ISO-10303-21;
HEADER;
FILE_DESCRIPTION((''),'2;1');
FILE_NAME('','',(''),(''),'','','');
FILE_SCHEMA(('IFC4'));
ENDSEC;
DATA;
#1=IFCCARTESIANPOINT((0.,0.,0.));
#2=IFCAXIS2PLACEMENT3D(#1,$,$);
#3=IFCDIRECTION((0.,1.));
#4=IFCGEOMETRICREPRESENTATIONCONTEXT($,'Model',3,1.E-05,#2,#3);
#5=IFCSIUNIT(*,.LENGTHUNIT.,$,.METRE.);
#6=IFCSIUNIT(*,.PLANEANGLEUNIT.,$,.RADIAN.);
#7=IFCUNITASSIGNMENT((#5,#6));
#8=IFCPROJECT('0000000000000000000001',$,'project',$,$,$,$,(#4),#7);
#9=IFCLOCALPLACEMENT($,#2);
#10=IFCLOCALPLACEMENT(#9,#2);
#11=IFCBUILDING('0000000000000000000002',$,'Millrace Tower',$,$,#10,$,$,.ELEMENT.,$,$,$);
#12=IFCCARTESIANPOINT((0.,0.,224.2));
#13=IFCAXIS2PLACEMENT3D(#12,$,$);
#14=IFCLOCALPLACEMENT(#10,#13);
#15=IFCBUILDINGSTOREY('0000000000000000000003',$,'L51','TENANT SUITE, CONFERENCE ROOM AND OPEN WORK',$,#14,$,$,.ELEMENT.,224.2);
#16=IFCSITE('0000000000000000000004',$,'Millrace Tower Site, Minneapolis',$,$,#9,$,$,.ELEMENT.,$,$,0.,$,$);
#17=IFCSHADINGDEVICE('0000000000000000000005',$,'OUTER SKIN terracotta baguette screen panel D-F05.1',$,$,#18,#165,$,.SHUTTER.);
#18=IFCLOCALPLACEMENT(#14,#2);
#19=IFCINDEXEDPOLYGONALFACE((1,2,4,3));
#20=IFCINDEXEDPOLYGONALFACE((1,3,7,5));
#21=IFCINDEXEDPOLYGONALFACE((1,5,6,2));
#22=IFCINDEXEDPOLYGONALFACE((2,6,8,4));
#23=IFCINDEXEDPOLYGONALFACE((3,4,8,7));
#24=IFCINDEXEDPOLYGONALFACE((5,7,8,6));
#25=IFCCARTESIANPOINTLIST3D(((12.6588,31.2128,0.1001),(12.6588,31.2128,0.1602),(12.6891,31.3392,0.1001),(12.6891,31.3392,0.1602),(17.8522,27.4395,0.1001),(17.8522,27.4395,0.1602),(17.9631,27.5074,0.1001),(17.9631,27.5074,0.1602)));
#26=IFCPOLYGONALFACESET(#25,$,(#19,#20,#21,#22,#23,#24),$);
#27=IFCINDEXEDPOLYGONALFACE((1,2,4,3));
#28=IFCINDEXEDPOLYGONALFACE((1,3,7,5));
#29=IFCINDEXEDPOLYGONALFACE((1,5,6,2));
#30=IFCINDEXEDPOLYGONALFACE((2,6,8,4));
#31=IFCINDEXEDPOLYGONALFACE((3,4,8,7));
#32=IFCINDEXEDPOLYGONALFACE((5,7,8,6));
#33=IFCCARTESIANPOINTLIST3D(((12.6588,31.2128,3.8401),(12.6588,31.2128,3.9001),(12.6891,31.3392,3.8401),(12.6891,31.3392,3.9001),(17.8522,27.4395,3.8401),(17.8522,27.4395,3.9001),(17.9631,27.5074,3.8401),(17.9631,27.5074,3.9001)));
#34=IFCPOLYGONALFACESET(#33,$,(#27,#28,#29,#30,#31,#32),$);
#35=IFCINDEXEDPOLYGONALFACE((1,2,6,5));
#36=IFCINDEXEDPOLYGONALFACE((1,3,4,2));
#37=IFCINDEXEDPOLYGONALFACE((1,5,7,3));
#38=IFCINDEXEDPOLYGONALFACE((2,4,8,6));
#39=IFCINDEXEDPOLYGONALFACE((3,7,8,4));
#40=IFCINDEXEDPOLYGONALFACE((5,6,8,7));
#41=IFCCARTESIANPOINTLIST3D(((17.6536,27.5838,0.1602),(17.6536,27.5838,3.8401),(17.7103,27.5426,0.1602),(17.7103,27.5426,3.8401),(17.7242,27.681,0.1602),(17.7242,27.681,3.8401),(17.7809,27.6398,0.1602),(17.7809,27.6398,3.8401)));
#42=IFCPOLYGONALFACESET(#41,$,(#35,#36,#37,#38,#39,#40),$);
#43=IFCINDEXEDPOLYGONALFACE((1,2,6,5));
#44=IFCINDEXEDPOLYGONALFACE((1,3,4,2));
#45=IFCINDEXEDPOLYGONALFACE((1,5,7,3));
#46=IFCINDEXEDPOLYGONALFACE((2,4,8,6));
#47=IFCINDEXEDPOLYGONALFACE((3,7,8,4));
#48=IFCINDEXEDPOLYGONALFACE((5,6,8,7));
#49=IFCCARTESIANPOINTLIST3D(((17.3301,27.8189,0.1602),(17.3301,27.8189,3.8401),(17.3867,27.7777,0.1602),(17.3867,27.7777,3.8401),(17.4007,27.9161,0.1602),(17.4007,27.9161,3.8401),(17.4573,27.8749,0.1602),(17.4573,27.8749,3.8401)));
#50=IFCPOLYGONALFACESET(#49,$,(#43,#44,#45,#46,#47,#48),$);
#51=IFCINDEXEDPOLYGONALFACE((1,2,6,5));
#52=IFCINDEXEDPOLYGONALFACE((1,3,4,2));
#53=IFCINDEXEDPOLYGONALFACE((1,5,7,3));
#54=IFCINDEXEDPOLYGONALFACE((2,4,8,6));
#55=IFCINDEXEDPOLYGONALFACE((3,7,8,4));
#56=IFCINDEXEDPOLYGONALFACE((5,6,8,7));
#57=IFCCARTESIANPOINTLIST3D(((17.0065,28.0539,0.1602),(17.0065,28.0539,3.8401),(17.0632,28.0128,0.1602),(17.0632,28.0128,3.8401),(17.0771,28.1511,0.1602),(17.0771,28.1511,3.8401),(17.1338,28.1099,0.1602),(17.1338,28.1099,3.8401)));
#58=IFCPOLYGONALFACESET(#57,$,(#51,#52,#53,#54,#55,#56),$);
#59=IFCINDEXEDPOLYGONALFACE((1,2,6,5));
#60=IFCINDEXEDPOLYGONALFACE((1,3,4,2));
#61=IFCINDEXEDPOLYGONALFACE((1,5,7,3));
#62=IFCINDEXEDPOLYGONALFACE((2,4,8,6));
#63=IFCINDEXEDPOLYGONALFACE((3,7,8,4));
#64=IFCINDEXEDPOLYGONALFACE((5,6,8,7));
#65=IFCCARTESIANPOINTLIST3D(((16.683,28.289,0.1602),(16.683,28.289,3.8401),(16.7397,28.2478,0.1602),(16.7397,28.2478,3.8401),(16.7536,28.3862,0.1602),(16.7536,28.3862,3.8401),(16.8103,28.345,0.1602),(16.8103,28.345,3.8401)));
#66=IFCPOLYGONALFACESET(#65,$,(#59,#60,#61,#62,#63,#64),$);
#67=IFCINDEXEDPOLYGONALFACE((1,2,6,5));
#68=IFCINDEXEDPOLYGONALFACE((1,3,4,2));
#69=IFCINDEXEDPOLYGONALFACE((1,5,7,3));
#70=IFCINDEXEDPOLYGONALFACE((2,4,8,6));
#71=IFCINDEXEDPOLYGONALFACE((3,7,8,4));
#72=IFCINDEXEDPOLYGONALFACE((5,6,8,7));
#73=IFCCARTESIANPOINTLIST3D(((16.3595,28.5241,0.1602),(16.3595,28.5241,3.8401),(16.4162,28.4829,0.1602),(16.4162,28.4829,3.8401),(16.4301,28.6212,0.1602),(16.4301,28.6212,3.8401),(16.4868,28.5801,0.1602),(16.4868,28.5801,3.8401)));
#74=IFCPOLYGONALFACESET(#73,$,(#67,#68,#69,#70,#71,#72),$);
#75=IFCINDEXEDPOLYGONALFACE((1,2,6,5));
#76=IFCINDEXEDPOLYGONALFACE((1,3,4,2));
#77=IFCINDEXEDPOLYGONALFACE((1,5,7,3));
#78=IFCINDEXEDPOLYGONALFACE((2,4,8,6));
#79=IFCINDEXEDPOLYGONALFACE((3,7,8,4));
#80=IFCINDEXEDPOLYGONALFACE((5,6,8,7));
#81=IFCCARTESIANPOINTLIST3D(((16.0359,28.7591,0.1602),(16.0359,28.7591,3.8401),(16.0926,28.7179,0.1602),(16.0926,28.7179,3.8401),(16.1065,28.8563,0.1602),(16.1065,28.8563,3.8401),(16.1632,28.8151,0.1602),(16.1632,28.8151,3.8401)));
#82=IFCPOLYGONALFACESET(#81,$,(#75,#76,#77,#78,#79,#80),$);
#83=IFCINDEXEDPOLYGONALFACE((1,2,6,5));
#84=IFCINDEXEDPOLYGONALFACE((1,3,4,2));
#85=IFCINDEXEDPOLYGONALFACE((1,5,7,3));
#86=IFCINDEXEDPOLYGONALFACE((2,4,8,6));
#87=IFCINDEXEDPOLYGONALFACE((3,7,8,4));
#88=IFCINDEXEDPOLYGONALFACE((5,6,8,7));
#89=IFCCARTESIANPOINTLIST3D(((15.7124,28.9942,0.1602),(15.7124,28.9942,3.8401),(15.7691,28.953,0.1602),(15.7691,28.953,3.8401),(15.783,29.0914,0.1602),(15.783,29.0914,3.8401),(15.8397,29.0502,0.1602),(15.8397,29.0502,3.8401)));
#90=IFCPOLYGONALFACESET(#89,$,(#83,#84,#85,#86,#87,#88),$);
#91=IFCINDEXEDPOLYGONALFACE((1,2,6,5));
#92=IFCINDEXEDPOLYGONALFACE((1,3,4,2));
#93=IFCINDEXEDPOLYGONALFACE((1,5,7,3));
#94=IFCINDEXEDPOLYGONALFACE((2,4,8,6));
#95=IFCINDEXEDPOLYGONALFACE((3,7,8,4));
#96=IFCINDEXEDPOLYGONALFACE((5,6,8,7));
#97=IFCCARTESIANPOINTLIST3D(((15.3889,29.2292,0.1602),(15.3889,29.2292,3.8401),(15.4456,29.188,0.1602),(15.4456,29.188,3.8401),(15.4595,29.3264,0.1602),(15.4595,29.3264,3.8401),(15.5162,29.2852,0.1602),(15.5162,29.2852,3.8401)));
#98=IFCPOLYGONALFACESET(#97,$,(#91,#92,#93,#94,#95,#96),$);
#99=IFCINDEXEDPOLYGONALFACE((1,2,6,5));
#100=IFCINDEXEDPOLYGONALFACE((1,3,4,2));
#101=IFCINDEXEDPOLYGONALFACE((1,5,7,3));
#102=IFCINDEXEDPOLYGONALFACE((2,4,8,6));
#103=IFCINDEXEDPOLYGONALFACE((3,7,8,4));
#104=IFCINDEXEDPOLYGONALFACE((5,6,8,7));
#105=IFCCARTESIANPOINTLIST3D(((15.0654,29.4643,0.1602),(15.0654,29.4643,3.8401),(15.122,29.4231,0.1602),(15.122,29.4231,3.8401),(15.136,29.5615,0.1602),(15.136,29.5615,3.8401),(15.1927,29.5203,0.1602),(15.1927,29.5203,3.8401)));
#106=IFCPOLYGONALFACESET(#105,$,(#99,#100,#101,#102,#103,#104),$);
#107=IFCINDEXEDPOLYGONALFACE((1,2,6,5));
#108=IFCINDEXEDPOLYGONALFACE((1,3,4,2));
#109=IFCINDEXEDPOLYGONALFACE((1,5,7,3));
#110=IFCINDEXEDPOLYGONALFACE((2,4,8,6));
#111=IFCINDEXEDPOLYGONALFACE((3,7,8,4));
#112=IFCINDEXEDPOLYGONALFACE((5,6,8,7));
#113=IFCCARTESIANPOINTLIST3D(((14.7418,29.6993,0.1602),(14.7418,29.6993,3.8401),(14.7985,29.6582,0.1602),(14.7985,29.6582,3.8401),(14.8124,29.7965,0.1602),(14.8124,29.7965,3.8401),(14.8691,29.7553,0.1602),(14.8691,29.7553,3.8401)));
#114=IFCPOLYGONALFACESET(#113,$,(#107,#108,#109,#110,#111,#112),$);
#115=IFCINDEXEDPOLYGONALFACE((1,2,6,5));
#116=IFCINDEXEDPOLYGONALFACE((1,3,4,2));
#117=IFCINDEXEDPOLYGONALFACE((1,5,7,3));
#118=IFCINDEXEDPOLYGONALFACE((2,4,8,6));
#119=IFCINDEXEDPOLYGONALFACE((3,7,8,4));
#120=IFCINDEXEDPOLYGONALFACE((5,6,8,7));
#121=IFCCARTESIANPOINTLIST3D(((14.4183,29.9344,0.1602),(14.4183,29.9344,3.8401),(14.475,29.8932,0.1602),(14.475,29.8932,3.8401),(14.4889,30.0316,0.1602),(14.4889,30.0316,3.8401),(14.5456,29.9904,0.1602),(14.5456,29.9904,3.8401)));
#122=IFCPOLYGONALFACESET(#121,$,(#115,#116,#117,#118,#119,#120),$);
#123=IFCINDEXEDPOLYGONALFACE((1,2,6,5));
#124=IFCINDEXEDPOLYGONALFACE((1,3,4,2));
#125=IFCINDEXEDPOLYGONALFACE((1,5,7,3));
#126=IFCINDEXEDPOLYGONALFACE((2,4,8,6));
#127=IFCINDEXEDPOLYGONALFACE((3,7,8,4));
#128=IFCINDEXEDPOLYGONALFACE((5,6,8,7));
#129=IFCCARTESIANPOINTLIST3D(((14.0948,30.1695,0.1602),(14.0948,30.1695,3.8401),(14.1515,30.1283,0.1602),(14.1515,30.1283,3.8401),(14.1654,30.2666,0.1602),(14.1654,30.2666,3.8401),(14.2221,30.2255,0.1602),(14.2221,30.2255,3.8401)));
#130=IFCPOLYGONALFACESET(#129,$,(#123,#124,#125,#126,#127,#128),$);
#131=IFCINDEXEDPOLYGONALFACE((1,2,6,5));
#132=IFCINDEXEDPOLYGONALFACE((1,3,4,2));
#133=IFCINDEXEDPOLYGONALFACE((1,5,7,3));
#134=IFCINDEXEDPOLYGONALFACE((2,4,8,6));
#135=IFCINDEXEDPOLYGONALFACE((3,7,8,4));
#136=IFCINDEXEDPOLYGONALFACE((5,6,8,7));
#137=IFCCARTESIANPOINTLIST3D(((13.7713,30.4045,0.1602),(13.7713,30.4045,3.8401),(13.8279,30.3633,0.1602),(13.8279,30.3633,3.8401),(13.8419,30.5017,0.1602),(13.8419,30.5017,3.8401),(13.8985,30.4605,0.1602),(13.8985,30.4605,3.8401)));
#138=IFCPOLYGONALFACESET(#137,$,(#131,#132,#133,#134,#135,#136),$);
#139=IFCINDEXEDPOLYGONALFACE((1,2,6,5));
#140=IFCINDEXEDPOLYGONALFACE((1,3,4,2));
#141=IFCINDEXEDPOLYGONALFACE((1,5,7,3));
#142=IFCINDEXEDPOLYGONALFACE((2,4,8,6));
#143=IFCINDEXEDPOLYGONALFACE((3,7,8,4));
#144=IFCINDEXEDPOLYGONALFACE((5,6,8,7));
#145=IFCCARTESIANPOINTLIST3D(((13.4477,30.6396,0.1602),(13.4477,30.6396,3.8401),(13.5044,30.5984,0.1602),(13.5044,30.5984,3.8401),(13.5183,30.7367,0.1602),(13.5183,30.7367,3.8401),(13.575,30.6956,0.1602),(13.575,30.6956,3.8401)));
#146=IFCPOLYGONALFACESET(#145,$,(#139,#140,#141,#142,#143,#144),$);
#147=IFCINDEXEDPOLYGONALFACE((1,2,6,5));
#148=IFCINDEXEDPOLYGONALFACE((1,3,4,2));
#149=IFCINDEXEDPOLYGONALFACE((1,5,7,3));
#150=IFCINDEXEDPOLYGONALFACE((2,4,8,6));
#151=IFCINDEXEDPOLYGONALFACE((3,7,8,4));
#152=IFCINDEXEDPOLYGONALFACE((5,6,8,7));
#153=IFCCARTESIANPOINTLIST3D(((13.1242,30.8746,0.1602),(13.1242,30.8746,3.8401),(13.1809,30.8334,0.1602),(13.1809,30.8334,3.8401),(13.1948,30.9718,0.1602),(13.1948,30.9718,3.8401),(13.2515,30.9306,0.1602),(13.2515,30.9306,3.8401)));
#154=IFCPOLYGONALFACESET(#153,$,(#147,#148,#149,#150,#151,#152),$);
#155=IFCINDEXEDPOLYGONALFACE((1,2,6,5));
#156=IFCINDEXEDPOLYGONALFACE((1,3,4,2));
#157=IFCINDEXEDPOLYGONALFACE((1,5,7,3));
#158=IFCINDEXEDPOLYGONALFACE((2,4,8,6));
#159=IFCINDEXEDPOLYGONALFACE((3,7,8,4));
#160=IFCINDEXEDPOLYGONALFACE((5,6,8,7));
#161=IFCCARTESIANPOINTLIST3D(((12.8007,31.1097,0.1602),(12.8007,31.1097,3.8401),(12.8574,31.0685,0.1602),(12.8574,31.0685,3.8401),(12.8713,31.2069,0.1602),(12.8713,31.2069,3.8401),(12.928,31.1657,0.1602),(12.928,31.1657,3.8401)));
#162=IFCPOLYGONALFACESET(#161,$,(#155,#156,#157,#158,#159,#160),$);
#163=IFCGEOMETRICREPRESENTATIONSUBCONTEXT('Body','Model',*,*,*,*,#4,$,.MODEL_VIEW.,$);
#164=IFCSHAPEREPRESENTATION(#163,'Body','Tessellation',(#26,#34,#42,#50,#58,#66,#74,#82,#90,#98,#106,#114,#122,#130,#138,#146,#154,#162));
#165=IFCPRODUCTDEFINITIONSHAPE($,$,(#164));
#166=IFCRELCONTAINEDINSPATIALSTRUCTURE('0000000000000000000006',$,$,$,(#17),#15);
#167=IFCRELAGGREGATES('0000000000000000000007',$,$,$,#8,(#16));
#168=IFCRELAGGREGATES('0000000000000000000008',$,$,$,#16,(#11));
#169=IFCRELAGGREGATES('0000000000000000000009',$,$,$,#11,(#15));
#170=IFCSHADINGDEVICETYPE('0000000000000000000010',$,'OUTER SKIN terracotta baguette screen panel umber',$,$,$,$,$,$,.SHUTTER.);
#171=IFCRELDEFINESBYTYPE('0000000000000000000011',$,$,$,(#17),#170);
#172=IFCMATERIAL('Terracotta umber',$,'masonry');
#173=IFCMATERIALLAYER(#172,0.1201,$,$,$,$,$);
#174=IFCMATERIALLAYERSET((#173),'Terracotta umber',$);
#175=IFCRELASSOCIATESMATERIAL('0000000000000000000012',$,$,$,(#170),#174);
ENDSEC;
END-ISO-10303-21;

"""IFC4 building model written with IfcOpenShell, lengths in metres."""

from ifc_helpers import new_model, entity, si_unit, direction, frame, frame_2d, origin, place, context, subcontext, project, spatial, rectangle, extrude, source, transform, mapped, material, layer, layer_set, type_object, element, save


model = new_model("IFC4")

# Units and contexts
model_context = context("Model", 3, precision=1e-05, world=origin(), true_north=direction((0.0, 1.0)))
body_context = subcontext(model_context, "Body", "Model", "MODEL_VIEW")
ifc_project = project(units=[si_unit("LENGTHUNIT", "METRE"), si_unit("PLANEANGLEUNIT", "RADIAN")], contexts=[model_context])

# Site, building, storey
site_placement = place(None, origin())
site = spatial("IfcSite", under=ifc_project, at=site_placement, Name="Millrace Tower Site, Minneapolis", CompositionType="ELEMENT", RefElevation=0.0)
building_placement = place(site_placement, origin())
building = spatial("IfcBuilding", under=site, at=building_placement, Name="Millrace Tower", CompositionType="ELEMENT")
storey_placement = place(building_placement, frame((0.0, 0.0, 224.2)))
storey = spatial("IfcBuildingStorey", under=building, at=storey_placement, Name="L51", Description="TENANT SUITE, CONFERENCE ROOM AND OPEN WORK", CompositionType="ELEMENT", Elevation=224.2)

# Shading device
ifc_material_1 = material(Name="Terracotta umber", Category="masonry")
ifc_layer_1 = layer(ifc_material_1, 0.1201)
ifc_layer_set_1 = layer_set([ifc_layer_1], Name="Terracotta umber")
shading_device_type = type_object("IfcShadingDeviceType", Name="OUTER SKIN terracotta baguette screen panel umber", PredefinedType="SHUTTER", material=ifc_layer_set_1)
cartesian_point_1 = entity("IfcCartesianPoint", [-3.2097, 0.0601])
shared_polyline_1 = entity("IfcPolyline", [cartesian_point_1, entity("IfcCartesianPoint", [3.2097, 0.0601]), entity("IfcCartesianPoint", [3.2595, -0.0601]), entity("IfcCartesianPoint", [-3.2595, -0.0601]), cartesian_point_1])
shared_shape_1 = source(origin(), body_context, "Body", "SweptSolid", [
    entity("IfcExtrudedAreaSolid", entity("IfcArbitraryClosedProfileDef", "AREA", None, shared_polyline_1), entity("IfcAxis2Placement3D", entity("IfcCartesianPoint", [0.0, 0.0, 0.0])), entity("IfcDirection", [0.0, 0.0, 1.0]), 0.0601),
    entity("IfcExtrudedAreaSolid", entity("IfcArbitraryClosedProfileDef", "AREA", None, shared_polyline_1), entity("IfcAxis2Placement3D", entity("IfcCartesianPoint", [0.0, 0.0, 3.74])), entity("IfcDirection", [0.0, 0.0, 1.0]), 0.0601),
    extrude(rectangle(XDim=0.0701, YDim=0.1201, at=frame_2d((-2.9993, 0.0))), frame((0.0, 0.0, 0.0601)), (0.0, 0.0, 1.0), 3.6799),
    extrude(rectangle(XDim=0.0701, YDim=0.1201, at=frame_2d((-2.5994, 0.0))), frame((0.0, 0.0, 0.0601)), (0.0, 0.0, 1.0), 3.6799),
    extrude(rectangle(XDim=0.0701, YDim=0.1201, at=frame_2d((-2.1995, 0.0))), frame((0.0, 0.0, 0.0601)), (0.0, 0.0, 1.0), 3.6799),
    extrude(rectangle(XDim=0.0701, YDim=0.1201, at=frame_2d((-1.7996, 0.0))), frame((0.0, 0.0, 0.0601)), (0.0, 0.0, 1.0), 3.6799),
    extrude(rectangle(XDim=0.0701, YDim=0.1201, at=frame_2d((-1.3997, 0.0))), frame((0.0, 0.0, 0.0601)), (0.0, 0.0, 1.0), 3.6799),
    extrude(rectangle(XDim=0.0701, YDim=0.1201, at=frame_2d((-0.9998, 0.0))), frame((0.0, 0.0, 0.0601)), (0.0, 0.0, 1.0), 3.6799),
    extrude(rectangle(XDim=0.0701, YDim=0.1201, at=frame_2d((-0.5999, 0.0))), frame((0.0, 0.0, 0.0601)), (0.0, 0.0, 1.0), 3.6799),
    extrude(rectangle(XDim=0.0701, YDim=0.1201, at=frame_2d((-0.2, 0.0))), frame((0.0, 0.0, 0.0601)), (0.0, 0.0, 1.0), 3.6799),
    extrude(rectangle(XDim=0.0701, YDim=0.1201, at=frame_2d((0.2, 0.0))), frame((0.0, 0.0, 0.0601)), (0.0, 0.0, 1.0), 3.6799),
    extrude(rectangle(XDim=0.0701, YDim=0.1201, at=frame_2d((0.5999, 0.0))), frame((0.0, 0.0, 0.0601)), (0.0, 0.0, 1.0), 3.6799),
    extrude(rectangle(XDim=0.0701, YDim=0.1201, at=frame_2d((0.9998, 0.0))), frame((0.0, 0.0, 0.0601)), (0.0, 0.0, 1.0), 3.6799),
    extrude(rectangle(XDim=0.0701, YDim=0.1201, at=frame_2d((1.3997, 0.0))), frame((0.0, 0.0, 0.0601)), (0.0, 0.0, 1.0), 3.6799),
    extrude(rectangle(XDim=0.0701, YDim=0.1201, at=frame_2d((1.7996, 0.0))), frame((0.0, 0.0, 0.0601)), (0.0, 0.0, 1.0), 3.6799),
    extrude(rectangle(XDim=0.0701, YDim=0.1201, at=frame_2d((2.1995, 0.0))), frame((0.0, 0.0, 0.0601)), (0.0, 0.0, 1.0), 3.6799),
    extrude(rectangle(XDim=0.0701, YDim=0.1201, at=frame_2d((2.5994, 0.0))), frame((0.0, 0.0, 0.0601)), (0.0, 0.0, 1.0), 3.6799),
    extrude(rectangle(XDim=0.0701, YDim=0.1201, at=frame_2d((2.9993, 0.0))), frame((0.0, 0.0, 0.0601)), (0.0, 0.0, 1.0), 3.6799),
])
shading_device_1_placement = place(storey_placement, frame((15.2908, 29.3748, 0.1001), z_axis=(0.0, 0.0, 1.0), x_axis=(-0.809017, 0.587785, 0.0)))
element("IfcShadingDevice", 1, at=shading_device_1_placement, inside=storey, type_object=shading_device_type, Name="OUTER SKIN terracotta baguette screen panel D-F05.1", PredefinedType="SHUTTER", context=body_context, shape_type="MappedRepresentation", body=[
    mapped(shared_shape_1, transform((0.0, 0.0, 0.0), scale=1.0)),
])

save(model, "model.ifc")
